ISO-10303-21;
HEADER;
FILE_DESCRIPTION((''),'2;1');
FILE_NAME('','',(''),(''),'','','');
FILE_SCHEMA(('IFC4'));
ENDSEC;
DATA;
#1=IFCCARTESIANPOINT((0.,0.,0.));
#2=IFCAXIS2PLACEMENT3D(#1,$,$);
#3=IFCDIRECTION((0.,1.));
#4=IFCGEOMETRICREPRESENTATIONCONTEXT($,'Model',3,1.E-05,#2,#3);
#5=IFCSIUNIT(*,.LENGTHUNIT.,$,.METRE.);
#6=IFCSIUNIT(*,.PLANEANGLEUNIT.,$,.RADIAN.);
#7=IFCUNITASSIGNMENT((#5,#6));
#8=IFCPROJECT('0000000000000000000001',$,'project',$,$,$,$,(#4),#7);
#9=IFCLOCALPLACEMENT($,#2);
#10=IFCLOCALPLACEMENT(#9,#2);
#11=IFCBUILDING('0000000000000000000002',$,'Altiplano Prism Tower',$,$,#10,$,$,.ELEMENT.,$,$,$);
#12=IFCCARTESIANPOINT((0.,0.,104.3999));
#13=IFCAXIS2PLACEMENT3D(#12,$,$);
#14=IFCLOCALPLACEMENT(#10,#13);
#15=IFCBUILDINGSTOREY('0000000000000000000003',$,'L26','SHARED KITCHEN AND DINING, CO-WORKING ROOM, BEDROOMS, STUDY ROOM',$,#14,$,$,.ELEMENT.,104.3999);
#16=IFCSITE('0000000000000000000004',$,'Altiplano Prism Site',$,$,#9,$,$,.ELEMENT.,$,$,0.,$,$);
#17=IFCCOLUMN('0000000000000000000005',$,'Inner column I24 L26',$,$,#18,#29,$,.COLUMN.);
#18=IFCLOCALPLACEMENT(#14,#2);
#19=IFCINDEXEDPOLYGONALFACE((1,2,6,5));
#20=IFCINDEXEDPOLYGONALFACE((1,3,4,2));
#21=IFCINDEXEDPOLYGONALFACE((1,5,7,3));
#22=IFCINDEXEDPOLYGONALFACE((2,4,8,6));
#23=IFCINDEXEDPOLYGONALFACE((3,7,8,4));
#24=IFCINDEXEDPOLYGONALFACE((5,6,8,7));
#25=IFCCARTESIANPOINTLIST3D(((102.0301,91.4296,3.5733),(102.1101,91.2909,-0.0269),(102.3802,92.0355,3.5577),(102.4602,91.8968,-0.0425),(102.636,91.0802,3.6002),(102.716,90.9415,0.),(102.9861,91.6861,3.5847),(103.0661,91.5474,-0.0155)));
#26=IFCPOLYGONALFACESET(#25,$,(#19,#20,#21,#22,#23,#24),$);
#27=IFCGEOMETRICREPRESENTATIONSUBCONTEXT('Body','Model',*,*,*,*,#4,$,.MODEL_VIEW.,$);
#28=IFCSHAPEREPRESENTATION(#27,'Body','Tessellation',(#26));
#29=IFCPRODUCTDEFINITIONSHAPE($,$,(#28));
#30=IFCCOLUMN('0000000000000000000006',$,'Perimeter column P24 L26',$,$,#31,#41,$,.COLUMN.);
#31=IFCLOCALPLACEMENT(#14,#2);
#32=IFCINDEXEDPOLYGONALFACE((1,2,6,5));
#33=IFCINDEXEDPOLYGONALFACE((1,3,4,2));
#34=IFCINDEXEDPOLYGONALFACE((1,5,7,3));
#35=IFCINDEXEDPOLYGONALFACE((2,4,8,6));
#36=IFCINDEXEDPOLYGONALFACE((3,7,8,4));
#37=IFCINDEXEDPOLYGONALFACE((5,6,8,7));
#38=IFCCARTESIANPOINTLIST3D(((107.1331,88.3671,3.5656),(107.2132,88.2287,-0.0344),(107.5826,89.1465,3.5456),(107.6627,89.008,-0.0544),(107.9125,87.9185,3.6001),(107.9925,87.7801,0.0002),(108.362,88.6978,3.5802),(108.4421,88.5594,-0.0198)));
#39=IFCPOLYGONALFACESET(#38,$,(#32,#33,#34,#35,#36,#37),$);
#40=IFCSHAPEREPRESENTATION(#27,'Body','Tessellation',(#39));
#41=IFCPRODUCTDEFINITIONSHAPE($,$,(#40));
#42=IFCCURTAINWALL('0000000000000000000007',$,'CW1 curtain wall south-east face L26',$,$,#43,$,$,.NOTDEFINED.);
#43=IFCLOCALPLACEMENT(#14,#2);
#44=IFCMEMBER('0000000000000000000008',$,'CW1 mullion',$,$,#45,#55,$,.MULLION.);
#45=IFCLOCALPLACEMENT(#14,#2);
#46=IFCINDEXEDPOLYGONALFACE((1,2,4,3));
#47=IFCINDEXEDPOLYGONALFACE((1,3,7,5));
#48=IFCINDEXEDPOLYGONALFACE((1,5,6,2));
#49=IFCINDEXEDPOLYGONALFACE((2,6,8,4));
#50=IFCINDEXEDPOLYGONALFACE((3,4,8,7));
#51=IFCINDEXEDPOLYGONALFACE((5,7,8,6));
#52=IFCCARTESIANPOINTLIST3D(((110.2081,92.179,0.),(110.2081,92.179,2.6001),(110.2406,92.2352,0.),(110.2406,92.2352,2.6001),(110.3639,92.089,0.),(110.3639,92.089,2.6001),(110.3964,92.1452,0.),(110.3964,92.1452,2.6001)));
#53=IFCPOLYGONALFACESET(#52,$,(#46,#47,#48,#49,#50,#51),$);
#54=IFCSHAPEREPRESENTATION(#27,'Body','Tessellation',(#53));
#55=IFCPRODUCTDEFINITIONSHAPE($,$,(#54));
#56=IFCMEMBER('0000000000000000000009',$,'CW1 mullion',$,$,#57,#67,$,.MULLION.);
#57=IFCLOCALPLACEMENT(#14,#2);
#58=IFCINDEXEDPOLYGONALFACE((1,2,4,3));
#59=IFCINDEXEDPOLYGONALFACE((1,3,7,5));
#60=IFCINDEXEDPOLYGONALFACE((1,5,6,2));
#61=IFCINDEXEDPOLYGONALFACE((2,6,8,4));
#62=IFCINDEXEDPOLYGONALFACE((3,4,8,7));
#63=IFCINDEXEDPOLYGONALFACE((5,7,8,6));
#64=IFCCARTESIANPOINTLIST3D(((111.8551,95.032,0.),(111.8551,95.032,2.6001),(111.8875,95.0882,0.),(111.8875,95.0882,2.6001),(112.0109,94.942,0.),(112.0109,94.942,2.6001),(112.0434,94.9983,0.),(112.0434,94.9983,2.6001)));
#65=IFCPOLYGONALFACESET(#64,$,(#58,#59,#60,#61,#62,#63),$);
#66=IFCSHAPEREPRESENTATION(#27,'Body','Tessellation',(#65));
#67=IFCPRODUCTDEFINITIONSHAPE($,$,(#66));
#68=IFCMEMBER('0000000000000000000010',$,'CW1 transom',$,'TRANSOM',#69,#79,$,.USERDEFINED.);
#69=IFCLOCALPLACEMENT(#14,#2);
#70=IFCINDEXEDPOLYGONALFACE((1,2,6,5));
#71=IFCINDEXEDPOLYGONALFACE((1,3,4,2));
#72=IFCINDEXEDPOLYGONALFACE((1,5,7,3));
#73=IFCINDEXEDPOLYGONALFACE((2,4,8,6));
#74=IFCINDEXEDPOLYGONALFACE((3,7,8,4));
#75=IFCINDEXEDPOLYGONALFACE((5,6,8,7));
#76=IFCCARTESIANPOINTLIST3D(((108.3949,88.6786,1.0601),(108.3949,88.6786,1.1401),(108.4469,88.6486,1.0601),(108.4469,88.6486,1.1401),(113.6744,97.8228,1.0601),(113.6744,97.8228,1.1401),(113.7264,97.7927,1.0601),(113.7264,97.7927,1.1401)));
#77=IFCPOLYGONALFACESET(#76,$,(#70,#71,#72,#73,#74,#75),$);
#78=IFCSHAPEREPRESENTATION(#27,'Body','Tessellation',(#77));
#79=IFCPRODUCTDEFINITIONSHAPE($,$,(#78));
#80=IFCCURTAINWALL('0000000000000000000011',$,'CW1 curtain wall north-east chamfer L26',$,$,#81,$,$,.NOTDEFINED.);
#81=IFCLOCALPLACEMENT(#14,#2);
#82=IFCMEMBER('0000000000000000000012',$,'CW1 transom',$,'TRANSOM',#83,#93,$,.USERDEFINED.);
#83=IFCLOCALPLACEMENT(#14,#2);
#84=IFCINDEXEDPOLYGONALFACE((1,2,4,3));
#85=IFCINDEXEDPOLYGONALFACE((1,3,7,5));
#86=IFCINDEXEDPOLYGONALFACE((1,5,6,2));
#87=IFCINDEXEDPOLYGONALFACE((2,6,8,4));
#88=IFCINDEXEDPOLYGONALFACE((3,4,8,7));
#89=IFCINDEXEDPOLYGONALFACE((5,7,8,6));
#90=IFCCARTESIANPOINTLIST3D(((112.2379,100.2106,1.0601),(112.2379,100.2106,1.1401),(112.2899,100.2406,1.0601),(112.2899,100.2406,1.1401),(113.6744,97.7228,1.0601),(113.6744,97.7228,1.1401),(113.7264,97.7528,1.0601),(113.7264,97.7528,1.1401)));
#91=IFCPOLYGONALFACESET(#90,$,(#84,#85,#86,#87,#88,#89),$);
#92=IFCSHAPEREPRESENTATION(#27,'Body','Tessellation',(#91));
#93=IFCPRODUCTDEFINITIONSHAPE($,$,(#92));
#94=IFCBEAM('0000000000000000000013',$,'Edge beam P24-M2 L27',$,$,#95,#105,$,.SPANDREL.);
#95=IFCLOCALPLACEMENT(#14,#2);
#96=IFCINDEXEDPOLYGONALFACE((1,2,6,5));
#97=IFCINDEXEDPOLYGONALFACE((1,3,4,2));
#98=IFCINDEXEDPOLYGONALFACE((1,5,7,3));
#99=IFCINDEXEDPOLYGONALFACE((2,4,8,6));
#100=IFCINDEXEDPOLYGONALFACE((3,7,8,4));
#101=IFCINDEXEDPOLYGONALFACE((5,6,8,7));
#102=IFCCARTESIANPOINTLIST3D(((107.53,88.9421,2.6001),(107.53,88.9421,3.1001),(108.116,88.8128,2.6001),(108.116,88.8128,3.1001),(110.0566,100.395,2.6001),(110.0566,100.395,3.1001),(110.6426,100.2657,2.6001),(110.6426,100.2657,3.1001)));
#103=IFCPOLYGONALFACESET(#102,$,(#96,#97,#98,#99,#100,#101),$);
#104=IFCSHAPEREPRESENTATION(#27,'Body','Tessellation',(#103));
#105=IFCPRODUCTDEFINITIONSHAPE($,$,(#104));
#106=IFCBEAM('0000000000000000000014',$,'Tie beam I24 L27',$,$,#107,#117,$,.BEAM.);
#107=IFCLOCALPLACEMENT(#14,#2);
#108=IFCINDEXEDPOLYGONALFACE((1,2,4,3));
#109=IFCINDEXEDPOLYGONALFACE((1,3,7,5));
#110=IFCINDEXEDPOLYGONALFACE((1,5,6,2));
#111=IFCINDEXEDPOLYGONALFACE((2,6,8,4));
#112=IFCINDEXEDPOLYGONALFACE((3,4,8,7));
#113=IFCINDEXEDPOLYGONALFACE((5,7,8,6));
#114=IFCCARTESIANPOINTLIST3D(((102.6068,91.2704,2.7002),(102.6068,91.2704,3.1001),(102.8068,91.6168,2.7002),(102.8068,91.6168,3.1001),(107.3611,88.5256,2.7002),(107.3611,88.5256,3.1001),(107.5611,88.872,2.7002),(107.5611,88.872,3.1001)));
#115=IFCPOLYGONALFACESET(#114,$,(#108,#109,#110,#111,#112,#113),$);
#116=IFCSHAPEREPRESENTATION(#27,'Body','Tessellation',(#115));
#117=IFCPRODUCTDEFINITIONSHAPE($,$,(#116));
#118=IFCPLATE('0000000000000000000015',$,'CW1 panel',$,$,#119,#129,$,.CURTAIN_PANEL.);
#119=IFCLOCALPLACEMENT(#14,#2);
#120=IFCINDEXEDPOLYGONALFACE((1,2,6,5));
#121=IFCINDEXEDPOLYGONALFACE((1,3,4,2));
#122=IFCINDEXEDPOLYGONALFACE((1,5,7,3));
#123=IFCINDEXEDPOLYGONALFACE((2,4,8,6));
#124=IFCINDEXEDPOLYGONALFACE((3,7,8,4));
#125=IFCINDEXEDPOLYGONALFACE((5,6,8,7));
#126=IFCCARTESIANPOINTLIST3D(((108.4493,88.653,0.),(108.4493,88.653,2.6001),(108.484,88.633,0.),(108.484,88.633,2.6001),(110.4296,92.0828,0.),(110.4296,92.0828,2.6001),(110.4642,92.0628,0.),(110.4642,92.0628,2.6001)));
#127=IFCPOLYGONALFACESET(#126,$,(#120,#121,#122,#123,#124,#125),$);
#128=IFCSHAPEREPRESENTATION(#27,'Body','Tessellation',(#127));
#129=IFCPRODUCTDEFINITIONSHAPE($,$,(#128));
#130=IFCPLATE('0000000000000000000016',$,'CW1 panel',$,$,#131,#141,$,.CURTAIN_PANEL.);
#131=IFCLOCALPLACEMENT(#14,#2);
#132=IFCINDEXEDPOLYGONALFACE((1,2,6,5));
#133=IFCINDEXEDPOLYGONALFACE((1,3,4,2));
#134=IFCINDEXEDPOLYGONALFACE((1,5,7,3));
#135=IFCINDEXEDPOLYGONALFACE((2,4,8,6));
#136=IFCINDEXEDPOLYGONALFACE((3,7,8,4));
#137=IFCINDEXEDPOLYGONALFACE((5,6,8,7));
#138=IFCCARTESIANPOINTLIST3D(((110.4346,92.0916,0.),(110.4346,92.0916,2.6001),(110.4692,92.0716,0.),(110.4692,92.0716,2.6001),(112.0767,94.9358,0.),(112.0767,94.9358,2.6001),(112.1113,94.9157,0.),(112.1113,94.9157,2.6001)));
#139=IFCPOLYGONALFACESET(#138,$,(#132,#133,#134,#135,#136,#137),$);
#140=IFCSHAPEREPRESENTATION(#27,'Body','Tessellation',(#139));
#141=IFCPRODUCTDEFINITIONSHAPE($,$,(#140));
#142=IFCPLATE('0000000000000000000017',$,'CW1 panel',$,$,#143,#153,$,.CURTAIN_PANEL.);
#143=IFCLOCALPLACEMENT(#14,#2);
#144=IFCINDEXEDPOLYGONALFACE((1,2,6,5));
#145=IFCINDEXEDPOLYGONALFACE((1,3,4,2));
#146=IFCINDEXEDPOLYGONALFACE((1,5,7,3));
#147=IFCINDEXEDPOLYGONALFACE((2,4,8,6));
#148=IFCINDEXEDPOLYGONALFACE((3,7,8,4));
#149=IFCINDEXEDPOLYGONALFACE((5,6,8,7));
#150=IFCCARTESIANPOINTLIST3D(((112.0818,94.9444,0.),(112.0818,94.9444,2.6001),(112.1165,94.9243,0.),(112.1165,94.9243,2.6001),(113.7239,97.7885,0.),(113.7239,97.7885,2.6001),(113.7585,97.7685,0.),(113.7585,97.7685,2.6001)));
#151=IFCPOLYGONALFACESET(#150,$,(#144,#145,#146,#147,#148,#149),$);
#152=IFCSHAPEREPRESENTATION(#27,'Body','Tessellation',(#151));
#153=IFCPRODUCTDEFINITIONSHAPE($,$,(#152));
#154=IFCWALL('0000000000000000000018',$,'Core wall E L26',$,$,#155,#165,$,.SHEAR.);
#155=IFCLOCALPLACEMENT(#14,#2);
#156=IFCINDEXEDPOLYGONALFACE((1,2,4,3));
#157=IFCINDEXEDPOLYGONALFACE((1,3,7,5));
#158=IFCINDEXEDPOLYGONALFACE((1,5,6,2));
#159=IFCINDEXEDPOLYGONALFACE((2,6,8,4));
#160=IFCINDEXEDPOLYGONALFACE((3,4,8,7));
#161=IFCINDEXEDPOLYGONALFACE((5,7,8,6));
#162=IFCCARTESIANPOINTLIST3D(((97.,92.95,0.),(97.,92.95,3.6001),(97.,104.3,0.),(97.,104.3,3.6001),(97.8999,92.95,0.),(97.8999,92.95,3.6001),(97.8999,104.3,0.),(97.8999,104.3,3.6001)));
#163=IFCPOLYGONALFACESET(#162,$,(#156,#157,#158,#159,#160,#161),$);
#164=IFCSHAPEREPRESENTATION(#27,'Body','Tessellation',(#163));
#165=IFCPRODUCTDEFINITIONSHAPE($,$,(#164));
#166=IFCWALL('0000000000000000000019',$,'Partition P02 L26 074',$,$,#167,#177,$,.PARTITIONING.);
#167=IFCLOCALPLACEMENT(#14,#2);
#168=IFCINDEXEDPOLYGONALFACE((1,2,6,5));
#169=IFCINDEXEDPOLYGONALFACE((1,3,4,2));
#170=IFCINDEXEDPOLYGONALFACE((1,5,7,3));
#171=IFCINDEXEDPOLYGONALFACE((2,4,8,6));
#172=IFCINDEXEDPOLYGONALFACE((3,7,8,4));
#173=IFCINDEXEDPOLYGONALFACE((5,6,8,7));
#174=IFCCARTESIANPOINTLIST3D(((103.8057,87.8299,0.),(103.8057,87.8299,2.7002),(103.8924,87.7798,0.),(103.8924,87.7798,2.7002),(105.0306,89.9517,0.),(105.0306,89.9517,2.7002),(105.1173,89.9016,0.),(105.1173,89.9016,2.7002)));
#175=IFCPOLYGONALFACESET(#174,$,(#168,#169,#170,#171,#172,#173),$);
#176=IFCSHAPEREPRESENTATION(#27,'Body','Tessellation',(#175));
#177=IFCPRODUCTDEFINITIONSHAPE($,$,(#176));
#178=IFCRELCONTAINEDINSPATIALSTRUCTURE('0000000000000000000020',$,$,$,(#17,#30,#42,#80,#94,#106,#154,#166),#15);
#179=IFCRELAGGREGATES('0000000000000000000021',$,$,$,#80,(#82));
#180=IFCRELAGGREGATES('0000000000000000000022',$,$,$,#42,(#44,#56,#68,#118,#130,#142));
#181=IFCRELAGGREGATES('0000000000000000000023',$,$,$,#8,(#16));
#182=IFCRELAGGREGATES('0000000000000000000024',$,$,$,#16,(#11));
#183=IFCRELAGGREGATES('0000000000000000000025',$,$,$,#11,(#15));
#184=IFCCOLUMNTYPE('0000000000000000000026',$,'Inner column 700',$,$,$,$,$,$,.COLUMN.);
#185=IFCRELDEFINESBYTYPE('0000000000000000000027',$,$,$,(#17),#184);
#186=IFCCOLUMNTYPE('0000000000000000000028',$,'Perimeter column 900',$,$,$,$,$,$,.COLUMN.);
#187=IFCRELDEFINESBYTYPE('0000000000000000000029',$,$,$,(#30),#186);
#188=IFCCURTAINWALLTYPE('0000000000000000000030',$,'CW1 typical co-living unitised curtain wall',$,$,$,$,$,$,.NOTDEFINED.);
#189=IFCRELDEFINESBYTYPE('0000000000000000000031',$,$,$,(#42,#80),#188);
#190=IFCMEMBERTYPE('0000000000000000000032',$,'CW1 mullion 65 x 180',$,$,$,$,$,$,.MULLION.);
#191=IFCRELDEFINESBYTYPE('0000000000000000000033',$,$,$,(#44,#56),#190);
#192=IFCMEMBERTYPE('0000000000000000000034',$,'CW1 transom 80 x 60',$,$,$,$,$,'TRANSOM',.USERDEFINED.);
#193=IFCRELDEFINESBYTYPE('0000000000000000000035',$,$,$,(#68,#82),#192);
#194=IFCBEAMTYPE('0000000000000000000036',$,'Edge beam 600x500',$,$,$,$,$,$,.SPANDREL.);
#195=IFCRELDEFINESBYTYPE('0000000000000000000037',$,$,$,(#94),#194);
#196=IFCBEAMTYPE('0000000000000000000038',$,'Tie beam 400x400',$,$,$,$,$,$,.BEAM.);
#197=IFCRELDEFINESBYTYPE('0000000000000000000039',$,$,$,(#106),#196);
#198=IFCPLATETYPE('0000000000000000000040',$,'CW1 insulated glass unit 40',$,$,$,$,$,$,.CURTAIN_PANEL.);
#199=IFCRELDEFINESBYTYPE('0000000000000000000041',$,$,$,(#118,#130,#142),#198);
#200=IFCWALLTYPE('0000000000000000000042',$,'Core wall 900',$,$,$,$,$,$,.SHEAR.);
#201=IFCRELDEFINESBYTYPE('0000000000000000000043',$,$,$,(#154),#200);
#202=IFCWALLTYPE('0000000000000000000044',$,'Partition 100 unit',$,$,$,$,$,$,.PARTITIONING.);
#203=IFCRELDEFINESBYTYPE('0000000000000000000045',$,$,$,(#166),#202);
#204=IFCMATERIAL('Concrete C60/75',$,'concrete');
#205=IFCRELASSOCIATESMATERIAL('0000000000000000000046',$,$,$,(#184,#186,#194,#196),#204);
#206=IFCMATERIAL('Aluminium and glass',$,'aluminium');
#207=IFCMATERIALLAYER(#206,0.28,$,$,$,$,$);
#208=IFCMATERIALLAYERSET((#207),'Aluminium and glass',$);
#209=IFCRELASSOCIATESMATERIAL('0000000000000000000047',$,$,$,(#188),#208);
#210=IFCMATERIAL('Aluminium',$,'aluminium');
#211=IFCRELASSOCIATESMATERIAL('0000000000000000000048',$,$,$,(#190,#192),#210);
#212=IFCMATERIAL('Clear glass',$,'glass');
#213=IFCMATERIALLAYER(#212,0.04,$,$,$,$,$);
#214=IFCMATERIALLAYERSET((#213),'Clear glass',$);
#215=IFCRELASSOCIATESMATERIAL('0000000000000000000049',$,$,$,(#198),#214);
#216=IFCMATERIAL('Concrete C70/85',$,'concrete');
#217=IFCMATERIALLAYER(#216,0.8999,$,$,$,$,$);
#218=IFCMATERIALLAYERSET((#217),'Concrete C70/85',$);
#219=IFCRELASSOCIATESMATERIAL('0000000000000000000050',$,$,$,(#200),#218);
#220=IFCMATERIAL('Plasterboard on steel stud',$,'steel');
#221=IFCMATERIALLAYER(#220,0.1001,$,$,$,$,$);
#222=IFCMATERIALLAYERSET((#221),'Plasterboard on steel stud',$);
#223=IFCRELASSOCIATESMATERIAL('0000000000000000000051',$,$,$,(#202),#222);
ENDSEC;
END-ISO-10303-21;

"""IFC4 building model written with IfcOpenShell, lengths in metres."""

from ifc_helpers import new_model, si_unit, direction, frame, frame_2d, origin, origin_2d, place, context, subcontext, project, spatial, rectangle, extrude, material, layer, layer_set, material_profile, profile_set, type_object, element, aggregate, save


model = new_model("IFC4")

# Units and contexts
model_context = context("Model", 3, precision=1e-05, world=origin(), true_north=direction((0.0, 1.0)))
body_context = subcontext(model_context, "Body", "Model", "MODEL_VIEW")
ifc_project = project(units=[si_unit("LENGTHUNIT", "METRE"), si_unit("PLANEANGLEUNIT", "RADIAN")], contexts=[model_context])

# Site, building, storey
site_placement = place(None, origin())
site = spatial("IfcSite", under=ifc_project, at=site_placement, Name="Altiplano Prism Site", CompositionType="ELEMENT", RefElevation=0.0)
building_placement = place(site_placement, origin())
building = spatial("IfcBuilding", under=site, at=building_placement, Name="Altiplano Prism Tower", CompositionType="ELEMENT")
storey_placement = place(building_placement, frame((0.0, 0.0, 104.3999)))
storey = spatial("IfcBuildingStorey", under=building, at=storey_placement, Name="L26", Description="SHARED KITCHEN AND DINING, CO-WORKING ROOM, BEDROOMS, STUDY ROOM", CompositionType="ELEMENT", Elevation=104.3999)

# Columns
ifc_material_1 = material(Name="Concrete C60/75", Category="concrete")
ifc_material_profile_1 = material_profile(ifc_material_1, rectangle(XDim=0.7, YDim=0.7, at=origin_2d()), Name="Inner column 700")
ifc_profile_set_1 = profile_set([ifc_material_profile_1], Name="Concrete C60/75")
column_type_1 = type_object("IfcColumnType", Name="Inner column 700", PredefinedType="COLUMN", material=ifc_profile_set_1)
column_1_placement = place(storey_placement, frame((102.5881, 91.4192, -0.0212), z_axis=(-0.022221, 0.038481, 0.999012), x_axis=(-0.500179, -0.865637, 0.022218)))
element("IfcColumn", 1, at=column_1_placement, inside=storey, type_object=column_type_1, Name="Inner column I24 L26", PredefinedType="COLUMN", context=body_context, shape_type="SweptSolid", body=[
    extrude(rectangle(XDim=0.7, YDim=0.7, at=origin_2d()), origin(), (0.0, 0.0, 1.0), 3.6038),
])
ifc_material_profile_2 = material_profile(ifc_material_1, rectangle(XDim=0.8999, YDim=0.8999, at=origin_2d()), Name="Perimeter column 900")
ifc_profile_set_2 = profile_set([ifc_material_profile_2], Name="Concrete C60/75")
column_type_2 = type_object("IfcColumnType", Name="Perimeter column 900", PredefinedType="COLUMN", material=ifc_profile_set_2)
column_2_placement = place(storey_placement, frame((107.8276, 88.394, -0.0271), z_axis=(-0.022223, 0.038416, 0.999015), x_axis=(-0.499518, -0.866019, 0.02219)))
element("IfcColumn", 2, at=column_2_placement, inside=storey, type_object=column_type_2, Name="Perimeter column P24 L26", PredefinedType="COLUMN", context=body_context, shape_type="SweptSolid", body=[
    extrude(rectangle(XDim=0.8999, YDim=0.8999, at=origin_2d()), origin(), (0.0, 0.0, 1.0), 3.6035),
])

# Curtain wall, members
ifc_material_2 = material(Name="Aluminium and glass", Category="aluminium")
ifc_layer_1 = layer(ifc_material_2, 0.28)
ifc_layer_set_1 = layer_set([ifc_layer_1], Name="Aluminium and glass")
curtain_wall_type = type_object("IfcCurtainWallType", Name="CW1 typical co-living unitised curtain wall", PredefinedType="NOTDEFINED", material=ifc_layer_set_1)
curtain_wall_1_placement = place(storey_placement, origin())
curtain_wall_1 = element("IfcCurtainWall", 3, at=curtain_wall_1_placement, inside=storey, type_object=curtain_wall_type, Name="CW1 curtain wall south-east face L26", PredefinedType="NOTDEFINED")
ifc_material_3 = material(Name="Aluminium", Category="aluminium")
ifc_material_profile_3 = material_profile(ifc_material_3, rectangle(XDim=0.1799, YDim=0.0649, at=origin_2d()), Name="CW1 mullion 65 x 180")
ifc_profile_set_3 = profile_set([ifc_material_profile_3], Name="Aluminium")
member_type_1 = type_object("IfcMemberType", Name="CW1 mullion 65 x 180", PredefinedType="MULLION", material=ifc_profile_set_3)
member_1_placement = place(storey_placement, frame((110.3022, 92.1621, 0.0), z_axis=(0.0, 0.0, 1.0), x_axis=(-0.866025, 0.5, 0.0)))
member_1 = element("IfcMember", 4, at=member_1_placement, type_object=member_type_1, Name="CW1 mullion", PredefinedType="MULLION", context=body_context, shape_type="SweptSolid", body=[
    extrude(rectangle(XDim=0.1799, YDim=0.0649, at=origin_2d()), origin(), (0.0, 0.0, 1.0), 2.6001),
])
member_2_placement = place(storey_placement, frame((111.9492, 95.0151, 0.0), z_axis=(0.0, 0.0, 1.0), x_axis=(-0.866025, 0.5, 0.0)))
member_2 = element("IfcMember", 5, at=member_2_placement, type_object=member_type_1, Name="CW1 mullion", PredefinedType="MULLION", context=body_context, shape_type="SweptSolid", body=[
    extrude(rectangle(XDim=0.1799, YDim=0.0649, at=origin_2d()), origin(), (0.0, 0.0, 1.0), 2.6001),
])
ifc_material_profile_4 = material_profile(ifc_material_3, rectangle(XDim=0.0601, YDim=0.0801, at=origin_2d()), Name="CW1 transom 80 x 60")
ifc_profile_set_4 = profile_set([ifc_material_profile_4], Name="Aluminium")
member_type_2 = type_object("IfcMemberType", Name="CW1 transom 80 x 60", ElementType="TRANSOM", PredefinedType="USERDEFINED", material=ifc_profile_set_4)
member_3_placement = place(storey_placement, frame((108.4209, 88.6636, 1.1001), z_axis=(0.500006, 0.866022, 0.0), x_axis=(-0.866022, 0.500006, 0.0)))
member_3 = element("IfcMember", 6, at=member_3_placement, type_object=member_type_2, Name="CW1 transom", ObjectType="TRANSOM", PredefinedType="USERDEFINED", context=body_context, shape_type="SweptSolid", body=[
    extrude(rectangle(XDim=0.0601, YDim=0.0801, at=origin_2d()), origin(), (0.0, 0.0, 1.0), 10.5588),
])

# Curtain wall, member
curtain_wall_2_placement = place(storey_placement, origin())
curtain_wall_2 = element("IfcCurtainWall", 7, at=curtain_wall_2_placement, inside=storey, type_object=curtain_wall_type, Name="CW1 curtain wall north-east chamfer L26", PredefinedType="NOTDEFINED")
member_4_placement = place(storey_placement, frame((113.7004, 97.7378, 1.1001), z_axis=(-0.500051, 0.865996, 0.0), x_axis=(-0.865996, -0.500051, 0.0)))
member_4 = element("IfcMember", 8, at=member_4_placement, type_object=member_type_2, Name="CW1 transom", ObjectType="TRANSOM", PredefinedType="USERDEFINED", context=body_context, shape_type="SweptSolid", body=[
    extrude(rectangle(XDim=0.0601, YDim=0.0801, at=origin_2d()), origin(), (0.0, 0.0, 1.0), 2.8728),
])
aggregate(curtain_wall_2, [member_4])

# Beams
ifc_material_profile_5 = material_profile(ifc_material_1, rectangle(XDim=0.6001, YDim=0.5, at=origin_2d()), Name="Edge beam 600x500")
ifc_profile_set_5 = profile_set([ifc_material_profile_5], Name="Concrete C60/75")
beam_type_1 = type_object("IfcBeamType", Name="Edge beam 600x500", PredefinedType="SPANDREL", material=ifc_profile_set_5)
beam_1_placement = place(storey_placement, frame((107.823, 88.8774, 2.8501), z_axis=(0.215429, 0.976519, 0.0), x_axis=(-0.976519, 0.215429, 0.0)))
element("IfcBeam", 9, at=beam_1_placement, inside=storey, type_object=beam_type_1, Name="Edge beam P24-M2 L27", PredefinedType="SPANDREL", context=body_context, shape_type="SweptSolid", body=[
    extrude(rectangle(XDim=0.6001, YDim=0.5, at=origin_2d()), origin(), (0.0, 0.0, 1.0), 11.7283),
])
ifc_material_profile_6 = material_profile(ifc_material_1, rectangle(XDim=0.3999, YDim=0.3999, at=origin_2d()), Name="Tie beam 400x400")
ifc_profile_set_6 = profile_set([ifc_material_profile_6], Name="Concrete C60/75")
beam_type_2 = type_object("IfcBeamType", Name="Tie beam 400x400", PredefinedType="BEAM", material=ifc_profile_set_6)
beam_2_placement = place(storey_placement, frame((102.7068, 91.4436, 2.9001), z_axis=(0.866032, -0.499989, 0.0), x_axis=(0.499989, 0.866032, 0.0)))
element("IfcBeam", 10, at=beam_2_placement, inside=storey, type_object=beam_type_2, Name="Tie beam I24 L27", PredefinedType="BEAM", context=body_context, shape_type="SweptSolid", body=[
    extrude(rectangle(XDim=0.3999, YDim=0.3999, at=origin_2d()), origin(), (0.0, 0.0, 1.0), 5.4897),
])

# Plates
ifc_material_4 = material(Name="Clear glass", Category="glass")
ifc_layer_2 = layer(ifc_material_4, 0.04)
ifc_layer_set_2 = layer_set([ifc_layer_2], Name="Clear glass")
plate_type = type_object("IfcPlateType", Name="CW1 insulated glass unit 40", PredefinedType="CURTAIN_PANEL", material=ifc_layer_set_2)
plate_1_placement = place(storey_placement, frame((109.4568, 90.3579, 0.0), z_axis=(0.0, 0.0, 1.0), x_axis=(0.5, 0.866025, 0.0)))
plate_1 = element("IfcPlate", 11, at=plate_1_placement, type_object=plate_type, Name="CW1 panel", PredefinedType="CURTAIN_PANEL", context=body_context, shape_type="SweptSolid", body=[
    extrude(rectangle(XDim=3.9604, YDim=0.04, at=origin_2d()), origin(), (0.0, 0.0, 1.0), 2.6001),
])
plate_2_placement = place(storey_placement, frame((111.2729, 93.5037, 0.0), z_axis=(0.0, 0.0, 1.0), x_axis=(0.5, 0.866025, 0.0)))
plate_2 = element("IfcPlate", 12, at=plate_2_placement, type_object=plate_type, Name="CW1 panel", PredefinedType="CURTAIN_PANEL", context=body_context, shape_type="SweptSolid", body=[
    extrude(rectangle(XDim=3.2842, YDim=0.04, at=origin_2d()), origin(), (0.0, 0.0, 1.0), 2.6001),
])
plate_3_placement = place(storey_placement, frame((112.9202, 96.3564, 0.0), z_axis=(0.0, 0.0, 1.0), x_axis=(0.5, 0.866025, 0.0)))
plate_3 = element("IfcPlate", 13, at=plate_3_placement, type_object=plate_type, Name="CW1 panel", PredefinedType="CURTAIN_PANEL", context=body_context, shape_type="SweptSolid", body=[
    extrude(rectangle(XDim=3.2842, YDim=0.04, at=origin_2d()), origin(), (0.0, 0.0, 1.0), 2.6001),
])
aggregate(curtain_wall_1, [member_1, member_2, member_3, plate_1, plate_2, plate_3])

# Walls
ifc_material_5 = material(Name="Concrete C70/85", Category="concrete")
ifc_layer_3 = layer(ifc_material_5, 0.8999)
ifc_layer_set_3 = layer_set([ifc_layer_3], Name="Concrete C70/85")
wall_type_1 = type_object("IfcWallType", Name="Core wall 900", PredefinedType="SHEAR", material=ifc_layer_set_3)
wall_1_placement = place(storey_placement, frame((97.45, 92.95, 0.0), z_axis=(0.0, 0.0, 1.0), x_axis=(0.0, 1.0, 0.0)))
element("IfcWall", 14, at=wall_1_placement, inside=storey, type_object=wall_type_1, Name="Core wall E L26", PredefinedType="SHEAR", context=body_context, shape_type="SweptSolid", body=[
    extrude(rectangle(XDim=11.3501, YDim=0.8999, at=frame_2d((5.675, 0.0))), origin(), (0.0, 0.0, 1.0), 3.6001),
])
ifc_material_6 = material(Name="Plasterboard on steel stud", Category="steel")
ifc_layer_4 = layer(ifc_material_6, 0.1001)
ifc_layer_set_4 = layer_set([ifc_layer_4], Name="Plasterboard on steel stud")
wall_type_2 = type_object("IfcWallType", Name="Partition 100 unit", PredefinedType="PARTITIONING", material=ifc_layer_set_4)
wall_2_placement = place(storey_placement, frame((105.074, 89.9268, 0.0), z_axis=(0.0, 0.0, 1.0), x_axis=(-0.499944, -0.866058, 0.0)))
element("IfcWall", 15, at=wall_2_placement, inside=storey, type_object=wall_type_2, Name="Partition P02 L26 074", PredefinedType="PARTITIONING", context=body_context, shape_type="SweptSolid", body=[
    extrude(rectangle(XDim=2.45, YDim=0.1001, at=frame_2d((1.2251, 0.0))), origin(), (0.0, 0.0, 1.0), 2.7002),
])

save(model, "model.ifc")
